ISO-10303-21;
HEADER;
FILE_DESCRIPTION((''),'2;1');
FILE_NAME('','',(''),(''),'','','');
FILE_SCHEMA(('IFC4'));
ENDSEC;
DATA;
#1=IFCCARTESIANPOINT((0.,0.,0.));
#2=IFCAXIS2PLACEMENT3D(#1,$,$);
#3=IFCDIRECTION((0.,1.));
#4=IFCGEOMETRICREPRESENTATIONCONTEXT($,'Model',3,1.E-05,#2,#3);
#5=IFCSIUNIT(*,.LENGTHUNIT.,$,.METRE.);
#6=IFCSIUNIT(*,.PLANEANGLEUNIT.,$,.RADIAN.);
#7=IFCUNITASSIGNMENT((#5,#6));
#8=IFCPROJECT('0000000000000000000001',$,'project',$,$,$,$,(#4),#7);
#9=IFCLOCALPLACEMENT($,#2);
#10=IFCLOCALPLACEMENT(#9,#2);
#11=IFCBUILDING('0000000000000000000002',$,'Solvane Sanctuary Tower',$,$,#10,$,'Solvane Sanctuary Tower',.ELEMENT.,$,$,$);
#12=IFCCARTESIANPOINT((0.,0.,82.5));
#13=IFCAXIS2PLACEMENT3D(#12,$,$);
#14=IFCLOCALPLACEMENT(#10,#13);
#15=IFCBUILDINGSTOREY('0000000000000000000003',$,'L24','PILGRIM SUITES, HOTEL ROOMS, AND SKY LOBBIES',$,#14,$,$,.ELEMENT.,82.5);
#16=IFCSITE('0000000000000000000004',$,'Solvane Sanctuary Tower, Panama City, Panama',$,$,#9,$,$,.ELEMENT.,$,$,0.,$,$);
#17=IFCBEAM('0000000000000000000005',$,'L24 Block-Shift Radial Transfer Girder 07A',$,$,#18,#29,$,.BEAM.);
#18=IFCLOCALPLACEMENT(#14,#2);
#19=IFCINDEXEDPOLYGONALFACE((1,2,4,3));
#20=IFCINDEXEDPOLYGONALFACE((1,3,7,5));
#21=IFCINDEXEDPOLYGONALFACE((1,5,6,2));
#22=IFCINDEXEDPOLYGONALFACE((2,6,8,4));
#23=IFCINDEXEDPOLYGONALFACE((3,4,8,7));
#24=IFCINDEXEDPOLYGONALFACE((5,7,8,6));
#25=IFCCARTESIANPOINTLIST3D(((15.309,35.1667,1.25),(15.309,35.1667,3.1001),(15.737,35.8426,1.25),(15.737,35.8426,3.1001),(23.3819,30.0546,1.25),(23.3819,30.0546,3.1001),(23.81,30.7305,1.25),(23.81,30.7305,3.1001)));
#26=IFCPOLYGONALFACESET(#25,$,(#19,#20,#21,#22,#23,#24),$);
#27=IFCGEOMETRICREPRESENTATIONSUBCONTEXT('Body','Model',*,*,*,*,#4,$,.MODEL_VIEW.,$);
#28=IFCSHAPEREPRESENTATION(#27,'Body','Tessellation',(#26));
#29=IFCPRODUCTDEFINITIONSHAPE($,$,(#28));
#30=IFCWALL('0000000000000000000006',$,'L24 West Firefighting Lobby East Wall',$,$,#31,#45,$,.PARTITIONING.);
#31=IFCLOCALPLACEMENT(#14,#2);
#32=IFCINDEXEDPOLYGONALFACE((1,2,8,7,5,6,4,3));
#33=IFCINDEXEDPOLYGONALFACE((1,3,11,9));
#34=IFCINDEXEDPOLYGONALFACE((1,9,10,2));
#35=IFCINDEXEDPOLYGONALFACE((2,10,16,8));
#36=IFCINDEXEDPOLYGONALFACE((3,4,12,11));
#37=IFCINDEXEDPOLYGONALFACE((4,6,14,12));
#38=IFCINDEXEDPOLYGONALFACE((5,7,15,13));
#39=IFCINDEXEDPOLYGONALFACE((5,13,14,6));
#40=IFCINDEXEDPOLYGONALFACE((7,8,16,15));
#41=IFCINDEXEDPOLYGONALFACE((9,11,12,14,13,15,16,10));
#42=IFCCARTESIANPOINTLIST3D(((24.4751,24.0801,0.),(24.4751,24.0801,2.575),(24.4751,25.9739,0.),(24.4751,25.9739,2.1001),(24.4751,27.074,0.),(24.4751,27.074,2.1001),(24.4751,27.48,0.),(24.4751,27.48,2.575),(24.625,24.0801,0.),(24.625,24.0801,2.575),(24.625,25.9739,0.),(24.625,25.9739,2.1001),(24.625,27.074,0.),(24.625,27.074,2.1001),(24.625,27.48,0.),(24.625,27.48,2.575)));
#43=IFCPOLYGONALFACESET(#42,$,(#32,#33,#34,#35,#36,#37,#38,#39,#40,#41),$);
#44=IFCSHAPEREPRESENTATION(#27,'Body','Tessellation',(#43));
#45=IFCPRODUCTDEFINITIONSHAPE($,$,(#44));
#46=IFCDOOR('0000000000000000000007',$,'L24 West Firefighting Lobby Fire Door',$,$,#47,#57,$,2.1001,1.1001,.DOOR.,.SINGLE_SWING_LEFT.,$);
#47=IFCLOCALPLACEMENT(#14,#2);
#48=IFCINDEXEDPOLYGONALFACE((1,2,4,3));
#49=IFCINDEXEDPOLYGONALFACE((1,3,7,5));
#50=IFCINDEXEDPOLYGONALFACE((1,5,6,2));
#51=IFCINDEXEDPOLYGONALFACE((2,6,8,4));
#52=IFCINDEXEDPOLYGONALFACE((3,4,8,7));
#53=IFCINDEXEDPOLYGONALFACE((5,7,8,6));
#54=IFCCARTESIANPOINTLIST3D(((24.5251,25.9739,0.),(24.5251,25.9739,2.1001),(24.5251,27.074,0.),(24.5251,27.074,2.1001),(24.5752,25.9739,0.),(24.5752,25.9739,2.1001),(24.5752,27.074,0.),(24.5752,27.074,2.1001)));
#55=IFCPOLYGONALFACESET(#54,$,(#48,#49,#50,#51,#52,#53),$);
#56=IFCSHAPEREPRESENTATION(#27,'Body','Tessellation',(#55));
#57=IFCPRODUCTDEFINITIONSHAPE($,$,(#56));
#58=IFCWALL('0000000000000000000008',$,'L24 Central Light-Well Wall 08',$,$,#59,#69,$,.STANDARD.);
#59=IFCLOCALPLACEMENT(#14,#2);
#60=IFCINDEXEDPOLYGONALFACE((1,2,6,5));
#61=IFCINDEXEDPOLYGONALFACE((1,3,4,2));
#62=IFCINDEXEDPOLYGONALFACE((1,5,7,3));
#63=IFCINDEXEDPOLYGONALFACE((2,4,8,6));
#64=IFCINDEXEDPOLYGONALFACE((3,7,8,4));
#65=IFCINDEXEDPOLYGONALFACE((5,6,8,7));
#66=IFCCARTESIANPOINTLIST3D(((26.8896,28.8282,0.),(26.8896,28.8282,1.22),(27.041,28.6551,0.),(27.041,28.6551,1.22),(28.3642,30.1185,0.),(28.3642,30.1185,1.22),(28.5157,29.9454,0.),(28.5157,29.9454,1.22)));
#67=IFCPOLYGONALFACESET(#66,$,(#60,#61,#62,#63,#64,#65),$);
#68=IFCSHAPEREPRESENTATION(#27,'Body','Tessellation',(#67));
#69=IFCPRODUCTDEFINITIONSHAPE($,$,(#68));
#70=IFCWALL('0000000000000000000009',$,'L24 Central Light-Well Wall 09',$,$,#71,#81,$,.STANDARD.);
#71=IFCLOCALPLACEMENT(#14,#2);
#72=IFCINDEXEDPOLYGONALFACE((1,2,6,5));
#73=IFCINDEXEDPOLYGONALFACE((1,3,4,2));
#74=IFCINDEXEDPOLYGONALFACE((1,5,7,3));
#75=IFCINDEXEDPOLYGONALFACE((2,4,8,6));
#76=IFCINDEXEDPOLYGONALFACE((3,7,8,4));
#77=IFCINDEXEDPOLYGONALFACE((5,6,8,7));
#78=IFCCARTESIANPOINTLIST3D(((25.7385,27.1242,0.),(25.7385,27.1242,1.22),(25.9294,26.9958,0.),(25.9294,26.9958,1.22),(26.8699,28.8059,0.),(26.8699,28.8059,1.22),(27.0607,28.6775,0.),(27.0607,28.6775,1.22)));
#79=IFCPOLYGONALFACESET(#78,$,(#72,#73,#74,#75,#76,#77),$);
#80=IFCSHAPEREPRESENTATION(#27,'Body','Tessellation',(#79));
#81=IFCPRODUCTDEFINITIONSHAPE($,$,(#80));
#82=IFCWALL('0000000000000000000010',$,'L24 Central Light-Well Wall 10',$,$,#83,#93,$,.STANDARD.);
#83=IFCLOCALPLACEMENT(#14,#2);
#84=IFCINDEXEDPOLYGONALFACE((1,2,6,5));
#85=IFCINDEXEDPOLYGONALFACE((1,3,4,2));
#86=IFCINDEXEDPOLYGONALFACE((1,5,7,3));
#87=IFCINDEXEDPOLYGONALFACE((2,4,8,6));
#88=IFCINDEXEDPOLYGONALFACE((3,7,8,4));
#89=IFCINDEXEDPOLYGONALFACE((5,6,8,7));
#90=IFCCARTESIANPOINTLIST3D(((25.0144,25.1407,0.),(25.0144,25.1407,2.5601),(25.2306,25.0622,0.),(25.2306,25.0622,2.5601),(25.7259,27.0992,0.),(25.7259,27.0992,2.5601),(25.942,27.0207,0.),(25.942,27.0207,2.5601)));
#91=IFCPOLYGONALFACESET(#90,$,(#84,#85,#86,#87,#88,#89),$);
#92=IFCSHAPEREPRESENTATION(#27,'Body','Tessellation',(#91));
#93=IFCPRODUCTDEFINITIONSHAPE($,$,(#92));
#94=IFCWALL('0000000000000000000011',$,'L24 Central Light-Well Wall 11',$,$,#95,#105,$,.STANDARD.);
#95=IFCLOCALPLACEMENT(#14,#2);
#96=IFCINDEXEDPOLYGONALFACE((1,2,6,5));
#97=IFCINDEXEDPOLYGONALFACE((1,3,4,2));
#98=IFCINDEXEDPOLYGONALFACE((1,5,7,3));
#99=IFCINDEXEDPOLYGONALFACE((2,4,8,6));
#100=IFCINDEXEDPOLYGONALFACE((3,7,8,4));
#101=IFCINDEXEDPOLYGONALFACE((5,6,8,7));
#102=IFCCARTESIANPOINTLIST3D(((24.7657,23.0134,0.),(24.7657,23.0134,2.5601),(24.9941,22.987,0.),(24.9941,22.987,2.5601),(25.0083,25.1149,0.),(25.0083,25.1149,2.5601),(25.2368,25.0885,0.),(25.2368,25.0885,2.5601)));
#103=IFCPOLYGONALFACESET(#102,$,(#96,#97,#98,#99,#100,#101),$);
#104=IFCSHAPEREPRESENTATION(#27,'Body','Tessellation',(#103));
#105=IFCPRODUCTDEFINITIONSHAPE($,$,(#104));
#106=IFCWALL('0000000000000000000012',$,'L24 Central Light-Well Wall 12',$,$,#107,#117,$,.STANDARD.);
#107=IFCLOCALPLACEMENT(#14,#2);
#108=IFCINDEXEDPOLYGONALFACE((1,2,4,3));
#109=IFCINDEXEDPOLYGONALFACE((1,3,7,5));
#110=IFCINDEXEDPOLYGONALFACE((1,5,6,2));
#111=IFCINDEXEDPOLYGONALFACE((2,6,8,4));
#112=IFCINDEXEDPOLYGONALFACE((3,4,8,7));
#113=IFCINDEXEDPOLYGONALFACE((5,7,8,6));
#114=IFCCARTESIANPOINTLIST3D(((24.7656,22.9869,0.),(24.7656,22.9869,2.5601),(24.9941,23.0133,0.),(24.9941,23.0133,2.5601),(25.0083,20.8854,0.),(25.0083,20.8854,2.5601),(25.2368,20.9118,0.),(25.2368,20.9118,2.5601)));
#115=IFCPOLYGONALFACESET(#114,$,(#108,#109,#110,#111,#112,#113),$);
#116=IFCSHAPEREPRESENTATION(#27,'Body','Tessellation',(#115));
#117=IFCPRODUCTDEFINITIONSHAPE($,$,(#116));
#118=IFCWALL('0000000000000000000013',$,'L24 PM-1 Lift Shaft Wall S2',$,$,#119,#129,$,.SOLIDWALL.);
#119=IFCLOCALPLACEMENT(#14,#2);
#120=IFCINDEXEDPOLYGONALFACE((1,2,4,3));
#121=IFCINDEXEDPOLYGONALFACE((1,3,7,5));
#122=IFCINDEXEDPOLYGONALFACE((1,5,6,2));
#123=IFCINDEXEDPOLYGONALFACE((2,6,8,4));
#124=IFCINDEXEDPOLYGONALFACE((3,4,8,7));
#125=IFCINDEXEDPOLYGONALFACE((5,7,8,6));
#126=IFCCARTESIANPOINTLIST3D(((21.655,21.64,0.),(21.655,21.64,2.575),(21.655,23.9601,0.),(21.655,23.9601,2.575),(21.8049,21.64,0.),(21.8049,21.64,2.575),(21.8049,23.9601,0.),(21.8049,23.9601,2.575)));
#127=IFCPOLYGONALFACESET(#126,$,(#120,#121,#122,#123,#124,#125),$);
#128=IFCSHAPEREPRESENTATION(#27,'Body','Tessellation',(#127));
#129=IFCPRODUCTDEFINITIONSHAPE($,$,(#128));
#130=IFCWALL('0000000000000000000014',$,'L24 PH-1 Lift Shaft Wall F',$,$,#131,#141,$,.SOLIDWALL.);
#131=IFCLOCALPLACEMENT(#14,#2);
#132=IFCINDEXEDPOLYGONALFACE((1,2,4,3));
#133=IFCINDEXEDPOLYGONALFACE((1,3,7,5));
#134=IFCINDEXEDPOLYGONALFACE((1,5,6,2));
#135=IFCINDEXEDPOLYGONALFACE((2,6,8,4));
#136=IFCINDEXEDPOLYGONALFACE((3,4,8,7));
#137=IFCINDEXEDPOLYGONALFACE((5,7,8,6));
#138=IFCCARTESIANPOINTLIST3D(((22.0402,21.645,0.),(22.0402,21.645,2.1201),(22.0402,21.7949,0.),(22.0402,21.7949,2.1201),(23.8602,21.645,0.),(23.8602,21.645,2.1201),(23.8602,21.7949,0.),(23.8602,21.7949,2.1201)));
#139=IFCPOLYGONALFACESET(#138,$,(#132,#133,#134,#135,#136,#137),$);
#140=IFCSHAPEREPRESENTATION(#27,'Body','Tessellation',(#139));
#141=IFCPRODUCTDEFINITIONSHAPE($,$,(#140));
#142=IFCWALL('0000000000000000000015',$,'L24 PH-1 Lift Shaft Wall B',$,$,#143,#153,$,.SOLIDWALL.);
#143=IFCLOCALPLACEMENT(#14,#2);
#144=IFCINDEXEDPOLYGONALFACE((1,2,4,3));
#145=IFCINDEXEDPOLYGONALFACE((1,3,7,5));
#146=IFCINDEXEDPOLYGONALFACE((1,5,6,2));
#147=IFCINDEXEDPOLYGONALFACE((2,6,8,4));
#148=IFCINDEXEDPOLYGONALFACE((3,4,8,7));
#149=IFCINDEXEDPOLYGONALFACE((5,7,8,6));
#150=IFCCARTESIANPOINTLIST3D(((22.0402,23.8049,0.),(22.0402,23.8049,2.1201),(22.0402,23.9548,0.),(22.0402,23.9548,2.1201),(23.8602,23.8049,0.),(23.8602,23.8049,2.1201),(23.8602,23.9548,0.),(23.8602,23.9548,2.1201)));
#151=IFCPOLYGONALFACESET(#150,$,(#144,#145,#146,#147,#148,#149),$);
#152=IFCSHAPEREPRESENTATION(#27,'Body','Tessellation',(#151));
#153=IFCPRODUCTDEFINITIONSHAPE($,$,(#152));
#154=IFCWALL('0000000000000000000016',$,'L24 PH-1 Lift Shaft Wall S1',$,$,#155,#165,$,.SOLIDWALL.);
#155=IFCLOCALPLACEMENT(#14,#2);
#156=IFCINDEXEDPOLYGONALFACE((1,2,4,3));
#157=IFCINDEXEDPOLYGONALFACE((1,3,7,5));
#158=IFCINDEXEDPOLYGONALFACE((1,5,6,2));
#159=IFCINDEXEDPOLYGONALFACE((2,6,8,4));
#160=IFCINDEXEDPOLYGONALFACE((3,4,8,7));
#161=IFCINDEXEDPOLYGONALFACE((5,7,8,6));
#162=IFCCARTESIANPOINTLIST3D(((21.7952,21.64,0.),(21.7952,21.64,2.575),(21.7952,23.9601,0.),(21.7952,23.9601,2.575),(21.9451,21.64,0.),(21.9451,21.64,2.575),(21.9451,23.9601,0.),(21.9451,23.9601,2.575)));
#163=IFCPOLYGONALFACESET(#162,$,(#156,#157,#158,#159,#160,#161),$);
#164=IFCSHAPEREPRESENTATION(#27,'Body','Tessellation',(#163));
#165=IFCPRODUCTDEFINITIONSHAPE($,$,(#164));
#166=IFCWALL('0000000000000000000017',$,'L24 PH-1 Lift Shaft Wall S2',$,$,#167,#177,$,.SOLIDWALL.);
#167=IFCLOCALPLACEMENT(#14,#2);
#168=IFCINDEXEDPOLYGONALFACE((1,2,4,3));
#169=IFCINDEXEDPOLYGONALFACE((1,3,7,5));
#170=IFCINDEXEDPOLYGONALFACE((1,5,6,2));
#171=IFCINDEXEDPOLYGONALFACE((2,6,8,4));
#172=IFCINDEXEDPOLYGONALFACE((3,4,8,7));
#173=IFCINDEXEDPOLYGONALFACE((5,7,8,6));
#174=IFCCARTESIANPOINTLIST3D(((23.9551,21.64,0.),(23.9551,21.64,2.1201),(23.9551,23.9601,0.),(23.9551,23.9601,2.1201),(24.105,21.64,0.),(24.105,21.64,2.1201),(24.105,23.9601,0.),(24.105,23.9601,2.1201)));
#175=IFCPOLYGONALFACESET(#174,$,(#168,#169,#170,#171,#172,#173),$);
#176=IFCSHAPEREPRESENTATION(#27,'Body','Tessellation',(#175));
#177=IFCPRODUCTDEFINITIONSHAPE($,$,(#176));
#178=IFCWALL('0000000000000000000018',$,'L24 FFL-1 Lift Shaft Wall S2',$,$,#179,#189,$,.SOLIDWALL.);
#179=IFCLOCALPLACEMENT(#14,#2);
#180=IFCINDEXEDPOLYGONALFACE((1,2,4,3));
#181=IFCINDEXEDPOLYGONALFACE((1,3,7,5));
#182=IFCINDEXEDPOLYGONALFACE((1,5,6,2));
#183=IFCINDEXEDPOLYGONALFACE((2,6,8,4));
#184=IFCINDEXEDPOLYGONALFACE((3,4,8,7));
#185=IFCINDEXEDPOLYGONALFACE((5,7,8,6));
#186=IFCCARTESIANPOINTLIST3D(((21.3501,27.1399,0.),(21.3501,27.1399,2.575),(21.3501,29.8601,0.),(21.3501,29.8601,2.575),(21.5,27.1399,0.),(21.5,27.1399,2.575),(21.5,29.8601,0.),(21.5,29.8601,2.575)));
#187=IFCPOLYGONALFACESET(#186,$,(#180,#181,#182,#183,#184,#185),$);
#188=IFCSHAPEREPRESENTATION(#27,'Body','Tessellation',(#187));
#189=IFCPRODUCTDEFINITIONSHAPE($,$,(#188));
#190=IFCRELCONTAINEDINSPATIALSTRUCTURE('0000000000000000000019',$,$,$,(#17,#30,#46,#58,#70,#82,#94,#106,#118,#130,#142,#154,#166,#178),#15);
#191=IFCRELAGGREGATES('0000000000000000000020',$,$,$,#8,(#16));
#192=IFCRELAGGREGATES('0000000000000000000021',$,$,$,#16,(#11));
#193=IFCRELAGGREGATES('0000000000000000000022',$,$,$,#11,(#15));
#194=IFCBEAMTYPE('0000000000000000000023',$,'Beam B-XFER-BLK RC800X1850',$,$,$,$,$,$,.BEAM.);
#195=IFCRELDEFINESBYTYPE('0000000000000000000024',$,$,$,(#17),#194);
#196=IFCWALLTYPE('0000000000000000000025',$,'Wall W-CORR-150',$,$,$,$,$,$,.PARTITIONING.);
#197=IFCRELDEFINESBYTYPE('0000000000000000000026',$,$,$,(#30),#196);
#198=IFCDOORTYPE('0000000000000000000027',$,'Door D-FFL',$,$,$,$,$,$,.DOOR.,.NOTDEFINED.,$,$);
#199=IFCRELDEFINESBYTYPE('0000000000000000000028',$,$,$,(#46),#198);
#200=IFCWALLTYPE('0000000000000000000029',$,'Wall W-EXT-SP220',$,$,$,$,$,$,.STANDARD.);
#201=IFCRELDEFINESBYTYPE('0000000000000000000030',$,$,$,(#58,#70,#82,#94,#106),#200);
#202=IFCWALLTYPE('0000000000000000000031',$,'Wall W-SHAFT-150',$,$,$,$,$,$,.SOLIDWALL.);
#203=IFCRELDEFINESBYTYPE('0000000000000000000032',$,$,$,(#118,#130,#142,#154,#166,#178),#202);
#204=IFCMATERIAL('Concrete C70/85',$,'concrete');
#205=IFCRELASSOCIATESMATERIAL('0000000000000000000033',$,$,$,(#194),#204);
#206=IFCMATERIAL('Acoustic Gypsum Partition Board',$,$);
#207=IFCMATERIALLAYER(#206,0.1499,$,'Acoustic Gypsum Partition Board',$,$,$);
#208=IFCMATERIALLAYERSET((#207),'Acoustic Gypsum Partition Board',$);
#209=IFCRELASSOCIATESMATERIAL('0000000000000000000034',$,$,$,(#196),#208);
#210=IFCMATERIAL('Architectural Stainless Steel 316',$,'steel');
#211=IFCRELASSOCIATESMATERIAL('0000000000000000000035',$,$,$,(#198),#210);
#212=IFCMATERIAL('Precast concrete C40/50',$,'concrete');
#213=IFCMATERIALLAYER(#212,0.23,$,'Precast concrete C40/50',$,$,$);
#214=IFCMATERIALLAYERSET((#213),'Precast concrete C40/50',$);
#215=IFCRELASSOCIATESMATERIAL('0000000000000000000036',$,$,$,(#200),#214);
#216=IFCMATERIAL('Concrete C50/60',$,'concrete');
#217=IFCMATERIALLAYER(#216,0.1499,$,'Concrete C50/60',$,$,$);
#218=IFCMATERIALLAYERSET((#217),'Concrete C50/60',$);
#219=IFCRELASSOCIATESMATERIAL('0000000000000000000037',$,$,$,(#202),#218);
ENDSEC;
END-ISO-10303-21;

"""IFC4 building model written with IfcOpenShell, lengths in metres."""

from ifc_helpers import new_model, si_unit, direction, frame, frame_2d, origin, origin_2d, place, context, subcontext, project, spatial, rectangle, extrude, material, layer, layer_set, material_profile, profile_set, type_object, element, fill, save


model = new_model("IFC4")

# Units and contexts
model_context = context("Model", 3, precision=1e-05, world=origin(), true_north=direction((0.0, 1.0)))
body_context = subcontext(model_context, "Body", "Model", "MODEL_VIEW")
ifc_project = project(units=[si_unit("LENGTHUNIT", "METRE"), si_unit("PLANEANGLEUNIT", "RADIAN")], contexts=[model_context])

# Site, building, storey
site_placement = place(None, origin())
site = spatial("IfcSite", under=ifc_project, at=site_placement, Name="Solvane Sanctuary Tower, Panama City, Panama", CompositionType="ELEMENT", RefElevation=0.0)
building_placement = place(site_placement, origin())
building = spatial("IfcBuilding", under=site, at=building_placement, Name="Solvane Sanctuary Tower", LongName="Solvane Sanctuary Tower", CompositionType="ELEMENT")
storey_placement = place(building_placement, frame((0.0, 0.0, 82.5)))
storey = spatial("IfcBuildingStorey", under=building, at=storey_placement, Name="L24", Description="PILGRIM SUITES, HOTEL ROOMS, AND SKY LOBBIES", CompositionType="ELEMENT", Elevation=82.5)

# Shared definitions
ifc_material_1 = material(Name="Concrete C70/85", Category="concrete")

# Beam
ifc_material_profile_1 = material_profile(ifc_material_1, rectangle(XDim=0.8, YDim=1.8501, at=origin_2d()), Name="RC800X1850")
ifc_profile_set_1 = profile_set([ifc_material_profile_1], Name="Concrete C70/85")
beam_type_1 = type_object("IfcBeamType", Name="Beam B-XFER-BLK RC800X1850", PredefinedType="BEAM", material=ifc_profile_set_1)
beam_1_placement = place(storey_placement, frame((23.5959, 30.3926, 2.175), z_axis=(-0.844859, 0.534989, 0.0), x_axis=(-0.534989, -0.844859, 0.0)))
element("IfcBeam", 1, at=beam_1_placement, inside=storey, type_object=beam_type_1, Name="L24 Block-Shift Radial Transfer Girder 07A", PredefinedType="BEAM", context=body_context, shape_type="SweptSolid", body=[
    extrude(rectangle(XDim=0.8, YDim=1.8501, at=origin_2d()), origin(), (0.0, 0.0, 1.0), 9.5554),
])

# Wall, opening, door
ifc_material_2 = material(Name="Acoustic Gypsum Partition Board")
ifc_layer_1 = layer(ifc_material_2, 0.1499, Name="Acoustic Gypsum Partition Board")
ifc_layer_set_1 = layer_set([ifc_layer_1], Name="Acoustic Gypsum Partition Board")
wall_type_1 = type_object("IfcWallType", Name="Wall W-CORR-150", PredefinedType="PARTITIONING", material=ifc_layer_set_1)
wall_1_placement = place(storey_placement, frame((24.55, 24.0801, 0.0), z_axis=(0.0, 0.0, 1.0), x_axis=(0.0, 1.0, 0.0)))
wall_1 = element("IfcWall", 2, at=wall_1_placement, inside=storey, type_object=wall_type_1, Name="L24 West Firefighting Lobby East Wall", PredefinedType="PARTITIONING", context=body_context, shape_type="SweptSolid", body=[
    extrude(rectangle(XDim=3.3999, YDim=0.1499, at=frame_2d((1.7, 0.0))), origin(), (0.0, 0.0, 1.0), 2.575),
])
opening_1_placement = place(wall_1_placement, frame((1.8938, 0.0, 0.0)))
opening_1 = element("IfcOpeningElement", 3, at=opening_1_placement, cuts=wall_1, PredefinedType="OPENING", context=body_context, shape_type="SweptSolid", body=[
    extrude(rectangle(XDim=1.1001, YDim=2.1001, at=frame_2d((0.55, 1.05))), frame((0.0, 0.085, 0.0), z_axis=(0.0, -1.0, 0.0), x_axis=(1.0, 0.0, 0.0)), (0.0, 0.0, 1.0), 0.1699),
])
ifc_material_3 = material(Name="Architectural Stainless Steel 316", Category="steel")
door_type_1 = type_object("IfcDoorType", Name="Door D-FFL", OperationType="NOTDEFINED", PredefinedType="DOOR", material=ifc_material_3)
door_1_placement = place(opening_1_placement, origin())
door_1 = element("IfcDoor", 4, at=door_1_placement, inside=storey, type_object=door_type_1, Name="L24 West Firefighting Lobby Fire Door", OperationType="SINGLE_SWING_LEFT", OverallHeight=2.1001, OverallWidth=1.1001, PredefinedType="DOOR", context=body_context, shape_type="SweptSolid", body=[
    extrude(rectangle(XDim=1.1001, YDim=2.1001, at=frame_2d((0.55, 1.05))), frame((0.0, 0.0249, 0.0), z_axis=(0.0, -1.0, 0.0), x_axis=(1.0, 0.0, 0.0)), (0.0, 0.0, 1.0), 0.05),
])
fill(opening_1, door_1)

# Walls
ifc_material_4 = material(Name="Precast concrete C40/50", Category="concrete")
ifc_layer_2 = layer(ifc_material_4, 0.23, Name="Precast concrete C40/50")
ifc_layer_set_2 = layer_set([ifc_layer_2], Name="Precast concrete C40/50")
wall_type_2 = type_object("IfcWallType", Name="Wall W-EXT-SP220", PredefinedType="STANDARD", material=ifc_layer_set_2)
wall_2_placement = place(storey_placement, frame((28.4399, 30.032, 0.0), z_axis=(0.0, 0.0, 1.0), x_axis=(-0.752577, -0.658505, 0.0)))
element("IfcWall", 5, at=wall_2_placement, inside=storey, type_object=wall_type_2, Name="L24 Central Light-Well Wall 08", PredefinedType="STANDARD", context=body_context, shape_type="SweptSolid", body=[
    extrude(rectangle(XDim=1.9595, YDim=0.23, at=frame_2d((0.9797, 0.0))), origin(), (0.0, 0.0, 1.0), 1.22),
])
wall_3_placement = place(storey_placement, frame((26.9653, 28.7417, 0.0), z_axis=(0.0, 0.0, 1.0), x_axis=(-0.558198, -0.829708, 0.0)))
element("IfcWall", 6, at=wall_3_placement, inside=storey, type_object=wall_type_2, Name="L24 Central Light-Well Wall 09", PredefinedType="STANDARD", context=body_context, shape_type="SweptSolid", body=[
    extrude(rectangle(XDim=2.0269, YDim=0.23, at=frame_2d((1.0134, 0.0))), origin(), (0.0, 0.0, 1.0), 1.22),
])
wall_4_placement = place(storey_placement, frame((25.834, 27.0601, 0.0), z_axis=(0.0, 0.0, 1.0), x_axis=(-0.341423, -0.93991, 0.0)))
element("IfcWall", 7, at=wall_4_placement, inside=storey, type_object=wall_type_2, Name="L24 Central Light-Well Wall 10", PredefinedType="STANDARD", context=body_context, shape_type="SweptSolid", body=[
    extrude(rectangle(XDim=2.0837, YDim=0.23, at=frame_2d((1.042, 0.0))), origin(), (0.0, 0.0, 1.0), 2.5601),
])
for number, where, z_axis, x_axis, name in (
    (8, (25.1226, 25.1016, 0.0), (0.0, 0.0, 1.0), (-0.114712, -0.993399, 0.0), "L24 Central Light-Well Wall 11"),
    (9, (24.8799, 23.0, 0.0), (0.0, 0.0, 1.0), (0.114712, -0.993399, 0.0), "L24 Central Light-Well Wall 12"),
):
    element("IfcWall", number, at=place(storey_placement, frame(where, z_axis=z_axis, x_axis=x_axis)), inside=storey, type_object=wall_type_2, Name=name, PredefinedType="STANDARD", context=body_context, shape_type="SweptSolid", body=[
        extrude(rectangle(XDim=2.1155, YDim=0.23, at=frame_2d((1.0576, 0.0))), origin(), (0.0, 0.0, 1.0), 2.5601),
    ])
ifc_material_5 = material(Name="Concrete C50/60", Category="concrete")
ifc_layer_3 = layer(ifc_material_5, 0.1499, Name="Concrete C50/60")
ifc_layer_set_3 = layer_set([ifc_layer_3], Name="Concrete C50/60")
wall_type_3 = type_object("IfcWallType", Name="Wall W-SHAFT-150", PredefinedType="SOLIDWALL", material=ifc_layer_set_3)
wall_5_placement = place(storey_placement, frame((21.73, 21.6399, 0.0), z_axis=(0.0, 0.0, 1.0), x_axis=(0.0, 1.0, 0.0)))
element("IfcWall", 10, at=wall_5_placement, inside=storey, type_object=wall_type_3, Name="L24 PM-1 Lift Shaft Wall S2", PredefinedType="SOLIDWALL", context=body_context, shape_type="SweptSolid", body=[
    extrude(rectangle(XDim=2.3201, YDim=0.1499, at=frame_2d((1.1602, 0.0))), origin(), (0.0, 0.0, 1.0), 2.575),
])
for number, where, z_axis, x_axis, name in (
    (11, (22.04, 21.72, 0.0), (0.0, 0.0, 1.0), (1.0, 0.0, 0.0), "L24 PH-1 Lift Shaft Wall F"),
    (12, (22.04, 23.8799, 0.0), (0.0, 0.0, 1.0), (1.0, 0.0, 0.0), "L24 PH-1 Lift Shaft Wall B"),
):
    element("IfcWall", number, at=place(storey_placement, frame(where, z_axis=z_axis, x_axis=x_axis)), inside=storey, type_object=wall_type_3, Name=name, PredefinedType="SOLIDWALL", context=body_context, shape_type="SweptSolid", body=[
        extrude(rectangle(XDim=1.8201, YDim=0.1499, at=frame_2d((0.9102, 0.0))), origin(), (0.0, 0.0, 1.0), 2.1201),
    ])
wall_6_placement = place(storey_placement, frame((21.8701, 21.6399, 0.0), z_axis=(0.0, 0.0, 1.0), x_axis=(0.0, 1.0, 0.0)))
element("IfcWall", 13, at=wall_6_placement, inside=storey, type_object=wall_type_3, Name="L24 PH-1 Lift Shaft Wall S1", PredefinedType="SOLIDWALL", context=body_context, shape_type="SweptSolid", body=[
    extrude(rectangle(XDim=2.3201, YDim=0.1499, at=frame_2d((1.1602, 0.0))), origin(), (0.0, 0.0, 1.0), 2.575),
])
wall_7_placement = place(storey_placement, frame((24.03, 21.6399, 0.0), z_axis=(0.0, 0.0, 1.0), x_axis=(0.0, 1.0, 0.0)))
element("IfcWall", 14, at=wall_7_placement, inside=storey, type_object=wall_type_3, Name="L24 PH-1 Lift Shaft Wall S2", PredefinedType="SOLIDWALL", context=body_context, shape_type="SweptSolid", body=[
    extrude(rectangle(XDim=2.3201, YDim=0.1499, at=frame_2d((1.1602, 0.0))), origin(), (0.0, 0.0, 1.0), 2.1201),
])
wall_8_placement = place(storey_placement, frame((21.425, 27.1399, 0.0), z_axis=(0.0, 0.0, 1.0), x_axis=(0.0, 1.0, 0.0)))
element("IfcWall", 15, at=wall_8_placement, inside=storey, type_object=wall_type_3, Name="L24 FFL-1 Lift Shaft Wall S2", PredefinedType="SOLIDWALL", context=body_context, shape_type="SweptSolid", body=[
    extrude(rectangle(XDim=2.7202, YDim=0.1499, at=frame_2d((1.3601, 0.0))), origin(), (0.0, 0.0, 1.0), 2.575),
])

save(model, "model.ifc")
